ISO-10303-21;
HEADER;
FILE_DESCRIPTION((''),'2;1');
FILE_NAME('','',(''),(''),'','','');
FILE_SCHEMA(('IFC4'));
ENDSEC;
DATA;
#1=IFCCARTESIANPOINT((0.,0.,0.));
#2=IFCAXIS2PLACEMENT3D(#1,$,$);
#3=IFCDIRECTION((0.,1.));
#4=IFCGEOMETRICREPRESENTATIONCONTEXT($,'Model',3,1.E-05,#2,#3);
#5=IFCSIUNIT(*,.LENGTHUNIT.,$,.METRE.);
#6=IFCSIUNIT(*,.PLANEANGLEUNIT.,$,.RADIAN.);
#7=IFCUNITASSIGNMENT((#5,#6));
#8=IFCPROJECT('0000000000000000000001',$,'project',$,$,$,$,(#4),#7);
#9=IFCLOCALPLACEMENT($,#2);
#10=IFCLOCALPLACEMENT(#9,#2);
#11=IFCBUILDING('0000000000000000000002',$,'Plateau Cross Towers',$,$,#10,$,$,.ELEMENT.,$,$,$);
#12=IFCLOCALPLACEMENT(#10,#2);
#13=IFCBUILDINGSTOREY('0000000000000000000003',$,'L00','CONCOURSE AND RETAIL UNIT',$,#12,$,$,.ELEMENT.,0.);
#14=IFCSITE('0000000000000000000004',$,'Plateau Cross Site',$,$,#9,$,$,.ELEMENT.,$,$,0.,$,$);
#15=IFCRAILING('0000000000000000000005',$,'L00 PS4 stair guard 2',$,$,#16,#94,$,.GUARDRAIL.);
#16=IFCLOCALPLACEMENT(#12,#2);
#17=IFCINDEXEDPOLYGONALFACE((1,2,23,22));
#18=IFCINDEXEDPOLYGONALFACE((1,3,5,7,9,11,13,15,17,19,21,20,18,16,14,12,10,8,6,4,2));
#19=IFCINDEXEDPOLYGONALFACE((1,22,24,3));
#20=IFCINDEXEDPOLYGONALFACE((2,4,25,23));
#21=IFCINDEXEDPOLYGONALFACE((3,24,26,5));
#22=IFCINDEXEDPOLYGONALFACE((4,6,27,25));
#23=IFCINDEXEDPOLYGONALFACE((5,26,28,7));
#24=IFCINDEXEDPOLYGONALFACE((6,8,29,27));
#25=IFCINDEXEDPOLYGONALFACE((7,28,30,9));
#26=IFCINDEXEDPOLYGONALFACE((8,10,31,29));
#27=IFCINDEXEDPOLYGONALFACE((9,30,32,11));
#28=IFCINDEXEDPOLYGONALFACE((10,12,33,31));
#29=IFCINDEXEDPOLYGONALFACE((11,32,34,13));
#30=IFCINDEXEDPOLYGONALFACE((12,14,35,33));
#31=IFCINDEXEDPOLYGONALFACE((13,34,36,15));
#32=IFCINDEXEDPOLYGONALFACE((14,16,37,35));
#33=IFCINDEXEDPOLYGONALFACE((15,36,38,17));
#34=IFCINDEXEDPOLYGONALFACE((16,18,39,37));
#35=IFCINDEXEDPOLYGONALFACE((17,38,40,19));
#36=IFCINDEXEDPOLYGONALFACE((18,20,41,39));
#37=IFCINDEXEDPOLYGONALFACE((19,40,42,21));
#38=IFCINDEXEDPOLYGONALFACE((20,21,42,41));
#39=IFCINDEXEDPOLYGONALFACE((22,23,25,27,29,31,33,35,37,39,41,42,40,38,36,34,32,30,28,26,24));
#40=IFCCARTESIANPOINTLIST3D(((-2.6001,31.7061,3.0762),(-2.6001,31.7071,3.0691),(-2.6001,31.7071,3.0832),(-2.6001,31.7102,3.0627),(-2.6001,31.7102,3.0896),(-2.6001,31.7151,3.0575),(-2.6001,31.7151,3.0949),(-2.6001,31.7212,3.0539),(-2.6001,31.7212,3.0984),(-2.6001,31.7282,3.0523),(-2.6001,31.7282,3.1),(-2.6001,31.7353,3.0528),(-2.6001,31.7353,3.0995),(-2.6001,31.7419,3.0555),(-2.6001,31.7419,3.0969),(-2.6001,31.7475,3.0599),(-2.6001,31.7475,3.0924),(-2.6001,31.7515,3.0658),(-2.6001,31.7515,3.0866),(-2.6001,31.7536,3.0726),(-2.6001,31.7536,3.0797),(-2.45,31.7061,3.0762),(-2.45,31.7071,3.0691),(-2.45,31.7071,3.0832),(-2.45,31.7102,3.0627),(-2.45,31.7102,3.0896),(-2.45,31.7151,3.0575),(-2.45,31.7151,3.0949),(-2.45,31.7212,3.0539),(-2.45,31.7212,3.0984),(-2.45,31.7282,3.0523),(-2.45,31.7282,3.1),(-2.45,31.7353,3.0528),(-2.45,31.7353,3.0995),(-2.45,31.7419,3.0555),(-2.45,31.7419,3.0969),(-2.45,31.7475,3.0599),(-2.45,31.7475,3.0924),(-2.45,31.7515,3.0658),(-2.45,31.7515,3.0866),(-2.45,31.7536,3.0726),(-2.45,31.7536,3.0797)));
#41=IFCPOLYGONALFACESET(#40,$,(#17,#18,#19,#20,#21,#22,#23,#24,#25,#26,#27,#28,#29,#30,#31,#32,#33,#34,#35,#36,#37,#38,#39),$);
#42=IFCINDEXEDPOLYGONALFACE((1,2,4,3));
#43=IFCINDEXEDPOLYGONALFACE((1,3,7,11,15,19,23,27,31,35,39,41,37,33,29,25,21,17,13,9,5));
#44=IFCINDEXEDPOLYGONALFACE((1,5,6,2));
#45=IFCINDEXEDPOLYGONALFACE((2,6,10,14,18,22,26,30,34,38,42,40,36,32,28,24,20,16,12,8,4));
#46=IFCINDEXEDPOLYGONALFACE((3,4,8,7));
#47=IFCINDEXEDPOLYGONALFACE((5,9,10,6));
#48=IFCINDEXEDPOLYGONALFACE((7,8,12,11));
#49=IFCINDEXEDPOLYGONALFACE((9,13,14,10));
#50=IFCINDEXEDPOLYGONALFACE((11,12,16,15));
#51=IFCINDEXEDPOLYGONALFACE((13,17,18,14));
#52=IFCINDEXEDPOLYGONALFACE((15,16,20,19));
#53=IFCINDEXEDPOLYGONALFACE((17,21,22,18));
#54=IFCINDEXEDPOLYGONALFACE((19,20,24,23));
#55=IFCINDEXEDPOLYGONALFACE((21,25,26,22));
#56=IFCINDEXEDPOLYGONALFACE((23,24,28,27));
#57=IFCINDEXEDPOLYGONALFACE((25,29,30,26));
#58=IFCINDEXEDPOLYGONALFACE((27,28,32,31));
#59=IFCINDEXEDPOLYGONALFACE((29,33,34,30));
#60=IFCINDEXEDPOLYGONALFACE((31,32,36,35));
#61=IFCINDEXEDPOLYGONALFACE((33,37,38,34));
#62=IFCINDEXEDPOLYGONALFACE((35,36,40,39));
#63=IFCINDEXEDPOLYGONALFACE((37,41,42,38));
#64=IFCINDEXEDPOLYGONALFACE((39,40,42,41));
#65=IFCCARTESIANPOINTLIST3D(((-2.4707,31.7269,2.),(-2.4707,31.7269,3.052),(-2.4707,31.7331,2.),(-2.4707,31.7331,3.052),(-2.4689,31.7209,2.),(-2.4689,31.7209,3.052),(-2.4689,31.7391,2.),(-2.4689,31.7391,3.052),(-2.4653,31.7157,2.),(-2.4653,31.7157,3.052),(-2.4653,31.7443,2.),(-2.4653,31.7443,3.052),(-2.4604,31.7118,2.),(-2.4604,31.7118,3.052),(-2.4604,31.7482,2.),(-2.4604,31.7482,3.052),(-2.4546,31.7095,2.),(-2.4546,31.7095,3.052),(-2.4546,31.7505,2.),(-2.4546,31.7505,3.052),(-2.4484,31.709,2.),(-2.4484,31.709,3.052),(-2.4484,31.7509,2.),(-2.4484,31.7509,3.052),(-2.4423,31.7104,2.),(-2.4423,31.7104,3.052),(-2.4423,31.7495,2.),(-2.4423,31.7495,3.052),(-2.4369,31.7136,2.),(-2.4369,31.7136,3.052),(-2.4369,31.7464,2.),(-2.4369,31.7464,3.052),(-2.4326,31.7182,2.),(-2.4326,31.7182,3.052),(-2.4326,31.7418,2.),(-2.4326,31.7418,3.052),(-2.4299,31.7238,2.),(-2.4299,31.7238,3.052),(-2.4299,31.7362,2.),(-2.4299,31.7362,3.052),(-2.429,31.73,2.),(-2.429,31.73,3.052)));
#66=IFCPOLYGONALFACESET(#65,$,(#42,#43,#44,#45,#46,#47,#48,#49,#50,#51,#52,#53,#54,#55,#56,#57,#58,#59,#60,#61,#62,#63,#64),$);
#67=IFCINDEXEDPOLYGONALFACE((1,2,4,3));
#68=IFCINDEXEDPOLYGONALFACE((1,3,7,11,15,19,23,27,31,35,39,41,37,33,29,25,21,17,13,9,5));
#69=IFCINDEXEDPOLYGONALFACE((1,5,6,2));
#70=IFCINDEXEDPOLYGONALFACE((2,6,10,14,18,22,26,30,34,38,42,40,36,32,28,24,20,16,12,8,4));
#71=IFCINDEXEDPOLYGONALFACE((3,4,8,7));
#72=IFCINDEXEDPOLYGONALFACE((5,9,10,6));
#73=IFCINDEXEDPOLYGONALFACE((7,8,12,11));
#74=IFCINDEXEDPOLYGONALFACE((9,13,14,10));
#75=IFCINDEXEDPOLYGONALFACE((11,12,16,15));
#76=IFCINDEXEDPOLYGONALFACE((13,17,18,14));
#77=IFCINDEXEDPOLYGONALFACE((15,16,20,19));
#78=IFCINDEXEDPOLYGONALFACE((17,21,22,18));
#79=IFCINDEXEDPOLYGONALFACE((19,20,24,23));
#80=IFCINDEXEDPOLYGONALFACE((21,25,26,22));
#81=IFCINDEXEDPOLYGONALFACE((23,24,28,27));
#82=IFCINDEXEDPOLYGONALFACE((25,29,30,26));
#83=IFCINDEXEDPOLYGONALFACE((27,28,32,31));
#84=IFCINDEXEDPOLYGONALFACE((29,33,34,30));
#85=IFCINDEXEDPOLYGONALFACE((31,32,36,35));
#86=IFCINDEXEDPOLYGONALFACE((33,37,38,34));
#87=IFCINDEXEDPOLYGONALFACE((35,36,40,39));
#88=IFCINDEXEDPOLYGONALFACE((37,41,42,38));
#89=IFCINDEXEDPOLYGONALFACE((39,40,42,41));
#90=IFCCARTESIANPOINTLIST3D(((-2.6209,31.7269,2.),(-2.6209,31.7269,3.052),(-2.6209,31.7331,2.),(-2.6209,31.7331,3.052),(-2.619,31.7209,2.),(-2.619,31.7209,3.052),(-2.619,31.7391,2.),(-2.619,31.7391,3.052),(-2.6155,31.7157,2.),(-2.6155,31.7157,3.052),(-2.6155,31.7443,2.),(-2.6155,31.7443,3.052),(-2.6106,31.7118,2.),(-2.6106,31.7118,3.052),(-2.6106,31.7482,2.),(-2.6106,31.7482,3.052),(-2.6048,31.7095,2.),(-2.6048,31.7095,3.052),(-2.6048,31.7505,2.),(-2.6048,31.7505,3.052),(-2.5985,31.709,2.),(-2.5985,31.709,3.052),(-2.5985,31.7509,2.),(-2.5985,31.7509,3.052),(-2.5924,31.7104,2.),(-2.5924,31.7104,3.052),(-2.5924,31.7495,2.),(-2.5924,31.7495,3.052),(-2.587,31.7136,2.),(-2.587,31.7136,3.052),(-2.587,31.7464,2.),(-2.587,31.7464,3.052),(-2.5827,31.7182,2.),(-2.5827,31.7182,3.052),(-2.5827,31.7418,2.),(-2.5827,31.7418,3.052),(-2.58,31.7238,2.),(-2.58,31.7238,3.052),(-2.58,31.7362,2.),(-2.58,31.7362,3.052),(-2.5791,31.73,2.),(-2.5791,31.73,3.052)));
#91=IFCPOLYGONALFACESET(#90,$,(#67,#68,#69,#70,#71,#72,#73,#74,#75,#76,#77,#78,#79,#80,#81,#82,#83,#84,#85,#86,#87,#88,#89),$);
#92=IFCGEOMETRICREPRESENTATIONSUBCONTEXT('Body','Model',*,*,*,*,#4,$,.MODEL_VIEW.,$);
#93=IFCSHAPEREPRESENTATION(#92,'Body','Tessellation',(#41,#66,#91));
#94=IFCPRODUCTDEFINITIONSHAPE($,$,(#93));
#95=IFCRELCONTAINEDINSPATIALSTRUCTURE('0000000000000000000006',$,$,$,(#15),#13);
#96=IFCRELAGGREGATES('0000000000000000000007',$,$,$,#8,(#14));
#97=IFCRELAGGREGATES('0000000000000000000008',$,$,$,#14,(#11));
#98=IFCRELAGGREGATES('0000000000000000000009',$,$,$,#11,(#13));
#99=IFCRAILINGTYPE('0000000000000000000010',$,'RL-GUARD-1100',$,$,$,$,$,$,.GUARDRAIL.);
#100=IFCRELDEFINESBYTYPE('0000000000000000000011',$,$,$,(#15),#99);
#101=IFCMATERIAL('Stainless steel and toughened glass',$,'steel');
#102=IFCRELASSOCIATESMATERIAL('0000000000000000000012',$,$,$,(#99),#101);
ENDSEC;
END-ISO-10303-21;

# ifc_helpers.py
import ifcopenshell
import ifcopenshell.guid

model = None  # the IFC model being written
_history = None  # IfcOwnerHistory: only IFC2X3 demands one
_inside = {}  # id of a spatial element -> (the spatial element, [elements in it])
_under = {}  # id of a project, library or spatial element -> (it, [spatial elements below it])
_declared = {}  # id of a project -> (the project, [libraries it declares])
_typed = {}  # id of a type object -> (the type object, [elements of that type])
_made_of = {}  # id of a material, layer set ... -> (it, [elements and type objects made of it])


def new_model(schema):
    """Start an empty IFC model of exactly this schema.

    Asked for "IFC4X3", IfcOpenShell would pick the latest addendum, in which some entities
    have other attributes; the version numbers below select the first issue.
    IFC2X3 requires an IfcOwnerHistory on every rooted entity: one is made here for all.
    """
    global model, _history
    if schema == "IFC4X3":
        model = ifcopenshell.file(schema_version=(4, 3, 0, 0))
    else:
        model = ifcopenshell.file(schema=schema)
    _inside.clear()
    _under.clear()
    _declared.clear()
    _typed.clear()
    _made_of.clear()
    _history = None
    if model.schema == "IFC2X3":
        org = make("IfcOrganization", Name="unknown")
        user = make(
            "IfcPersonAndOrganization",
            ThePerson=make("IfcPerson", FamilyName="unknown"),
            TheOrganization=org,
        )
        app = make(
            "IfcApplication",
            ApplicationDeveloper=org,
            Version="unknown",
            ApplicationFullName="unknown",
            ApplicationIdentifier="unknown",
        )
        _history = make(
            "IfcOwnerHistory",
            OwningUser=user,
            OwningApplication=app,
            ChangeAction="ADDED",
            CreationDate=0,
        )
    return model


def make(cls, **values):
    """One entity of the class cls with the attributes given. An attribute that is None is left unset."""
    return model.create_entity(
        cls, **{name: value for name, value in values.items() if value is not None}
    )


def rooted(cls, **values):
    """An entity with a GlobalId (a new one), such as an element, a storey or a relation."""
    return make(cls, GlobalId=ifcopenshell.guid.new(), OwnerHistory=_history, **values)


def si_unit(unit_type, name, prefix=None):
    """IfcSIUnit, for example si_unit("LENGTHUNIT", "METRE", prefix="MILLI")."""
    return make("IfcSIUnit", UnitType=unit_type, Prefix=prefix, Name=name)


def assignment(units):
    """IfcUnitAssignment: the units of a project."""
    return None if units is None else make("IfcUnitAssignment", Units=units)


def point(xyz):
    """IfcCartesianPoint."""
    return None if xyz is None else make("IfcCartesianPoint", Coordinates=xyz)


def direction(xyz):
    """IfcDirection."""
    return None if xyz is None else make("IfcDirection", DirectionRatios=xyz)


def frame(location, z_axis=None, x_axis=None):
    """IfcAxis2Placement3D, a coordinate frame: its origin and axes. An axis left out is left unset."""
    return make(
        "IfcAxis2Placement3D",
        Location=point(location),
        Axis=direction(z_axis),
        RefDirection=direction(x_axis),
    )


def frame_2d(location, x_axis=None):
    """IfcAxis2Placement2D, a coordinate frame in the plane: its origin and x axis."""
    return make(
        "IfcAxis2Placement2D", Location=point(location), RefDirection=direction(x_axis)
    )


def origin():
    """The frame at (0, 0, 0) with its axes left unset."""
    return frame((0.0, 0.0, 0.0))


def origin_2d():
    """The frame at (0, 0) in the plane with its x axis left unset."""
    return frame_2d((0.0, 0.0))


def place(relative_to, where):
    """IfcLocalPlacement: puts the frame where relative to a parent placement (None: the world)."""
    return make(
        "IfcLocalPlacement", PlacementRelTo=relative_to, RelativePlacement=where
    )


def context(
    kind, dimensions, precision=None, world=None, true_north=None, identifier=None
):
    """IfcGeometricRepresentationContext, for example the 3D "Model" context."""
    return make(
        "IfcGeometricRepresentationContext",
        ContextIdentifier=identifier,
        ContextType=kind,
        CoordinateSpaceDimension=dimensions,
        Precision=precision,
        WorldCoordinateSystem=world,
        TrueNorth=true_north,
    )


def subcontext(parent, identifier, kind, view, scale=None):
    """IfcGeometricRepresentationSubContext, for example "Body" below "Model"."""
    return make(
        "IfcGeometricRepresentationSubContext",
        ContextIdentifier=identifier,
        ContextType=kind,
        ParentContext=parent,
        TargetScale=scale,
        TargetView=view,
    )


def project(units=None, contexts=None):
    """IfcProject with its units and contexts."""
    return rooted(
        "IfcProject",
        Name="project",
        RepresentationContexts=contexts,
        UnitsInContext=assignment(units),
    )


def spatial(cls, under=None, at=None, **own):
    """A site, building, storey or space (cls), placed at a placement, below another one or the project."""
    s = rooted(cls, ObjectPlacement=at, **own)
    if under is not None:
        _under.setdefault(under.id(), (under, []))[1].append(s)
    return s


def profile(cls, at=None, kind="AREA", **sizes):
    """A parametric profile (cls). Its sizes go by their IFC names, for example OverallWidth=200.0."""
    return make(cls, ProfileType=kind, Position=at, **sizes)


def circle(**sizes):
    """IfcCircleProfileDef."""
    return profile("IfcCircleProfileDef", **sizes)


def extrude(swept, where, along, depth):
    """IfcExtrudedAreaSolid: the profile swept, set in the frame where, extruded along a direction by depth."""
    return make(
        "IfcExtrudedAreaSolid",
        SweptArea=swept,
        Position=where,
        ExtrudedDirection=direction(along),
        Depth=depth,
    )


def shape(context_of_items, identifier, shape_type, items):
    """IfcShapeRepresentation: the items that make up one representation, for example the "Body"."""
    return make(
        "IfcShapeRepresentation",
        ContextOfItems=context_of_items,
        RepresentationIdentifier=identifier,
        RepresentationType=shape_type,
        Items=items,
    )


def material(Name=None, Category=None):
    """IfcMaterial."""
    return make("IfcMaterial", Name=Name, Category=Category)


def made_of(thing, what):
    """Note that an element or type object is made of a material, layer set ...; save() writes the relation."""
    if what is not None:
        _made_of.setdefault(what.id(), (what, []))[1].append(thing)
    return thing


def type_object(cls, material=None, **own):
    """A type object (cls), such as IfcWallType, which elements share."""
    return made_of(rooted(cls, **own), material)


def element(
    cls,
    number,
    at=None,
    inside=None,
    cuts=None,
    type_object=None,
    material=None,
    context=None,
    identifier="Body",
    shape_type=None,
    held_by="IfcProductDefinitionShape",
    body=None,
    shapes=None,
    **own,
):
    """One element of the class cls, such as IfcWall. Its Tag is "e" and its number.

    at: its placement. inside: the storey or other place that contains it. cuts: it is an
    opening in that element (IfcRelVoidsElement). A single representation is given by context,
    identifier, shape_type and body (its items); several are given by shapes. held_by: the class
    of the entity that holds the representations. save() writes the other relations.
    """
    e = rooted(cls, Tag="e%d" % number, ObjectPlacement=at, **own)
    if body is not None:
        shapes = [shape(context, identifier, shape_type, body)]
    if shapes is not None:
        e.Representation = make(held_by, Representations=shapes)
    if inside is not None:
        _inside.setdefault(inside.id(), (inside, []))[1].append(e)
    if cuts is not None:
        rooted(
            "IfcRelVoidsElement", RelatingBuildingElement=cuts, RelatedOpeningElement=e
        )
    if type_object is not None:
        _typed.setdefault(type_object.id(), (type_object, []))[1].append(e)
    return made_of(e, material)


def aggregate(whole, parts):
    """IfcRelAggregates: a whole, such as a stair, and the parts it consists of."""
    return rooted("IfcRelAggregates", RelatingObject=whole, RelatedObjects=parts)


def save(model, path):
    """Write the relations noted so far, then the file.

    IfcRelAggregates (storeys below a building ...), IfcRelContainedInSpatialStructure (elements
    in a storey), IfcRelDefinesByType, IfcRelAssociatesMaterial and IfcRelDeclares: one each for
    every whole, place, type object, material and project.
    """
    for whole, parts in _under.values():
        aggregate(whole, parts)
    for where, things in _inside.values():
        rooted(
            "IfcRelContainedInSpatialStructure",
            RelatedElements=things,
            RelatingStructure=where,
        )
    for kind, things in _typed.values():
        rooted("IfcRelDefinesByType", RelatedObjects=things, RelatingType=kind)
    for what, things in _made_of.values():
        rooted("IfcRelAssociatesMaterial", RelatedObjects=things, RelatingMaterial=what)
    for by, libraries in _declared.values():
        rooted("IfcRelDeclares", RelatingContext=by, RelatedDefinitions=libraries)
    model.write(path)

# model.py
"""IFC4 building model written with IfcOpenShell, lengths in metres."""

from ifc_helpers import new_model, si_unit, direction, frame, origin, origin_2d, place, context, subcontext, project, spatial, circle, extrude, material, type_object, element, save


model = new_model("IFC4")

# Units and contexts
model_context = context("Model", 3, precision=1e-05, world=origin(), true_north=direction((0.0, 1.0)))
body_context = subcontext(model_context, "Body", "Model", "MODEL_VIEW")
ifc_project = project(units=[si_unit("LENGTHUNIT", "METRE"), si_unit("PLANEANGLEUNIT", "RADIAN")], contexts=[model_context])

# Site, building, storey
site_placement = place(None, origin())
site = spatial("IfcSite", under=ifc_project, at=site_placement, Name="Plateau Cross Site", CompositionType="ELEMENT", RefElevation=0.0)
building_placement = place(site_placement, origin())
building = spatial("IfcBuilding", under=site, at=building_placement, Name="Plateau Cross Towers", CompositionType="ELEMENT")
storey_placement = place(building_placement, origin())
storey = spatial("IfcBuildingStorey", under=building, at=storey_placement, Name="L00", Description="CONCOURSE AND RETAIL UNIT", CompositionType="ELEMENT", Elevation=0.0)

# Railing
ifc_material_1 = material(Name="Stainless steel and toughened glass", Category="steel")
railing_type_1 = type_object("IfcRailingType", Name="RL-GUARD-1100", PredefinedType="GUARDRAIL", material=ifc_material_1)
railing_1_placement = place(storey_placement, frame((-2.45, 31.73, 2.0)))
element("IfcRailing", 1, at=railing_1_placement, inside=storey, type_object=railing_type_1, Name="L00 PS4 stair guard 2", PredefinedType="GUARDRAIL", context=body_context, shape_type="SweptSolid", body=[
    extrude(circle(Radius=0.0239, at=origin_2d()), frame((0.0, 0.0, 1.0762), z_axis=(-1.0, 0.0, 0.0), x_axis=(0.0, -1.0, 0.0)), (0.0, 0.0, 1.0), 0.1501),
    extrude(circle(Radius=0.021, at=origin_2d()), origin(), (0.0, 0.0, 1.0), 1.052),
    extrude(circle(Radius=0.021, at=origin_2d()), frame((-0.1501, 0.0, 0.0)), (0.0, 0.0, 1.0), 1.052),
])

save(model, "model.ifc")
